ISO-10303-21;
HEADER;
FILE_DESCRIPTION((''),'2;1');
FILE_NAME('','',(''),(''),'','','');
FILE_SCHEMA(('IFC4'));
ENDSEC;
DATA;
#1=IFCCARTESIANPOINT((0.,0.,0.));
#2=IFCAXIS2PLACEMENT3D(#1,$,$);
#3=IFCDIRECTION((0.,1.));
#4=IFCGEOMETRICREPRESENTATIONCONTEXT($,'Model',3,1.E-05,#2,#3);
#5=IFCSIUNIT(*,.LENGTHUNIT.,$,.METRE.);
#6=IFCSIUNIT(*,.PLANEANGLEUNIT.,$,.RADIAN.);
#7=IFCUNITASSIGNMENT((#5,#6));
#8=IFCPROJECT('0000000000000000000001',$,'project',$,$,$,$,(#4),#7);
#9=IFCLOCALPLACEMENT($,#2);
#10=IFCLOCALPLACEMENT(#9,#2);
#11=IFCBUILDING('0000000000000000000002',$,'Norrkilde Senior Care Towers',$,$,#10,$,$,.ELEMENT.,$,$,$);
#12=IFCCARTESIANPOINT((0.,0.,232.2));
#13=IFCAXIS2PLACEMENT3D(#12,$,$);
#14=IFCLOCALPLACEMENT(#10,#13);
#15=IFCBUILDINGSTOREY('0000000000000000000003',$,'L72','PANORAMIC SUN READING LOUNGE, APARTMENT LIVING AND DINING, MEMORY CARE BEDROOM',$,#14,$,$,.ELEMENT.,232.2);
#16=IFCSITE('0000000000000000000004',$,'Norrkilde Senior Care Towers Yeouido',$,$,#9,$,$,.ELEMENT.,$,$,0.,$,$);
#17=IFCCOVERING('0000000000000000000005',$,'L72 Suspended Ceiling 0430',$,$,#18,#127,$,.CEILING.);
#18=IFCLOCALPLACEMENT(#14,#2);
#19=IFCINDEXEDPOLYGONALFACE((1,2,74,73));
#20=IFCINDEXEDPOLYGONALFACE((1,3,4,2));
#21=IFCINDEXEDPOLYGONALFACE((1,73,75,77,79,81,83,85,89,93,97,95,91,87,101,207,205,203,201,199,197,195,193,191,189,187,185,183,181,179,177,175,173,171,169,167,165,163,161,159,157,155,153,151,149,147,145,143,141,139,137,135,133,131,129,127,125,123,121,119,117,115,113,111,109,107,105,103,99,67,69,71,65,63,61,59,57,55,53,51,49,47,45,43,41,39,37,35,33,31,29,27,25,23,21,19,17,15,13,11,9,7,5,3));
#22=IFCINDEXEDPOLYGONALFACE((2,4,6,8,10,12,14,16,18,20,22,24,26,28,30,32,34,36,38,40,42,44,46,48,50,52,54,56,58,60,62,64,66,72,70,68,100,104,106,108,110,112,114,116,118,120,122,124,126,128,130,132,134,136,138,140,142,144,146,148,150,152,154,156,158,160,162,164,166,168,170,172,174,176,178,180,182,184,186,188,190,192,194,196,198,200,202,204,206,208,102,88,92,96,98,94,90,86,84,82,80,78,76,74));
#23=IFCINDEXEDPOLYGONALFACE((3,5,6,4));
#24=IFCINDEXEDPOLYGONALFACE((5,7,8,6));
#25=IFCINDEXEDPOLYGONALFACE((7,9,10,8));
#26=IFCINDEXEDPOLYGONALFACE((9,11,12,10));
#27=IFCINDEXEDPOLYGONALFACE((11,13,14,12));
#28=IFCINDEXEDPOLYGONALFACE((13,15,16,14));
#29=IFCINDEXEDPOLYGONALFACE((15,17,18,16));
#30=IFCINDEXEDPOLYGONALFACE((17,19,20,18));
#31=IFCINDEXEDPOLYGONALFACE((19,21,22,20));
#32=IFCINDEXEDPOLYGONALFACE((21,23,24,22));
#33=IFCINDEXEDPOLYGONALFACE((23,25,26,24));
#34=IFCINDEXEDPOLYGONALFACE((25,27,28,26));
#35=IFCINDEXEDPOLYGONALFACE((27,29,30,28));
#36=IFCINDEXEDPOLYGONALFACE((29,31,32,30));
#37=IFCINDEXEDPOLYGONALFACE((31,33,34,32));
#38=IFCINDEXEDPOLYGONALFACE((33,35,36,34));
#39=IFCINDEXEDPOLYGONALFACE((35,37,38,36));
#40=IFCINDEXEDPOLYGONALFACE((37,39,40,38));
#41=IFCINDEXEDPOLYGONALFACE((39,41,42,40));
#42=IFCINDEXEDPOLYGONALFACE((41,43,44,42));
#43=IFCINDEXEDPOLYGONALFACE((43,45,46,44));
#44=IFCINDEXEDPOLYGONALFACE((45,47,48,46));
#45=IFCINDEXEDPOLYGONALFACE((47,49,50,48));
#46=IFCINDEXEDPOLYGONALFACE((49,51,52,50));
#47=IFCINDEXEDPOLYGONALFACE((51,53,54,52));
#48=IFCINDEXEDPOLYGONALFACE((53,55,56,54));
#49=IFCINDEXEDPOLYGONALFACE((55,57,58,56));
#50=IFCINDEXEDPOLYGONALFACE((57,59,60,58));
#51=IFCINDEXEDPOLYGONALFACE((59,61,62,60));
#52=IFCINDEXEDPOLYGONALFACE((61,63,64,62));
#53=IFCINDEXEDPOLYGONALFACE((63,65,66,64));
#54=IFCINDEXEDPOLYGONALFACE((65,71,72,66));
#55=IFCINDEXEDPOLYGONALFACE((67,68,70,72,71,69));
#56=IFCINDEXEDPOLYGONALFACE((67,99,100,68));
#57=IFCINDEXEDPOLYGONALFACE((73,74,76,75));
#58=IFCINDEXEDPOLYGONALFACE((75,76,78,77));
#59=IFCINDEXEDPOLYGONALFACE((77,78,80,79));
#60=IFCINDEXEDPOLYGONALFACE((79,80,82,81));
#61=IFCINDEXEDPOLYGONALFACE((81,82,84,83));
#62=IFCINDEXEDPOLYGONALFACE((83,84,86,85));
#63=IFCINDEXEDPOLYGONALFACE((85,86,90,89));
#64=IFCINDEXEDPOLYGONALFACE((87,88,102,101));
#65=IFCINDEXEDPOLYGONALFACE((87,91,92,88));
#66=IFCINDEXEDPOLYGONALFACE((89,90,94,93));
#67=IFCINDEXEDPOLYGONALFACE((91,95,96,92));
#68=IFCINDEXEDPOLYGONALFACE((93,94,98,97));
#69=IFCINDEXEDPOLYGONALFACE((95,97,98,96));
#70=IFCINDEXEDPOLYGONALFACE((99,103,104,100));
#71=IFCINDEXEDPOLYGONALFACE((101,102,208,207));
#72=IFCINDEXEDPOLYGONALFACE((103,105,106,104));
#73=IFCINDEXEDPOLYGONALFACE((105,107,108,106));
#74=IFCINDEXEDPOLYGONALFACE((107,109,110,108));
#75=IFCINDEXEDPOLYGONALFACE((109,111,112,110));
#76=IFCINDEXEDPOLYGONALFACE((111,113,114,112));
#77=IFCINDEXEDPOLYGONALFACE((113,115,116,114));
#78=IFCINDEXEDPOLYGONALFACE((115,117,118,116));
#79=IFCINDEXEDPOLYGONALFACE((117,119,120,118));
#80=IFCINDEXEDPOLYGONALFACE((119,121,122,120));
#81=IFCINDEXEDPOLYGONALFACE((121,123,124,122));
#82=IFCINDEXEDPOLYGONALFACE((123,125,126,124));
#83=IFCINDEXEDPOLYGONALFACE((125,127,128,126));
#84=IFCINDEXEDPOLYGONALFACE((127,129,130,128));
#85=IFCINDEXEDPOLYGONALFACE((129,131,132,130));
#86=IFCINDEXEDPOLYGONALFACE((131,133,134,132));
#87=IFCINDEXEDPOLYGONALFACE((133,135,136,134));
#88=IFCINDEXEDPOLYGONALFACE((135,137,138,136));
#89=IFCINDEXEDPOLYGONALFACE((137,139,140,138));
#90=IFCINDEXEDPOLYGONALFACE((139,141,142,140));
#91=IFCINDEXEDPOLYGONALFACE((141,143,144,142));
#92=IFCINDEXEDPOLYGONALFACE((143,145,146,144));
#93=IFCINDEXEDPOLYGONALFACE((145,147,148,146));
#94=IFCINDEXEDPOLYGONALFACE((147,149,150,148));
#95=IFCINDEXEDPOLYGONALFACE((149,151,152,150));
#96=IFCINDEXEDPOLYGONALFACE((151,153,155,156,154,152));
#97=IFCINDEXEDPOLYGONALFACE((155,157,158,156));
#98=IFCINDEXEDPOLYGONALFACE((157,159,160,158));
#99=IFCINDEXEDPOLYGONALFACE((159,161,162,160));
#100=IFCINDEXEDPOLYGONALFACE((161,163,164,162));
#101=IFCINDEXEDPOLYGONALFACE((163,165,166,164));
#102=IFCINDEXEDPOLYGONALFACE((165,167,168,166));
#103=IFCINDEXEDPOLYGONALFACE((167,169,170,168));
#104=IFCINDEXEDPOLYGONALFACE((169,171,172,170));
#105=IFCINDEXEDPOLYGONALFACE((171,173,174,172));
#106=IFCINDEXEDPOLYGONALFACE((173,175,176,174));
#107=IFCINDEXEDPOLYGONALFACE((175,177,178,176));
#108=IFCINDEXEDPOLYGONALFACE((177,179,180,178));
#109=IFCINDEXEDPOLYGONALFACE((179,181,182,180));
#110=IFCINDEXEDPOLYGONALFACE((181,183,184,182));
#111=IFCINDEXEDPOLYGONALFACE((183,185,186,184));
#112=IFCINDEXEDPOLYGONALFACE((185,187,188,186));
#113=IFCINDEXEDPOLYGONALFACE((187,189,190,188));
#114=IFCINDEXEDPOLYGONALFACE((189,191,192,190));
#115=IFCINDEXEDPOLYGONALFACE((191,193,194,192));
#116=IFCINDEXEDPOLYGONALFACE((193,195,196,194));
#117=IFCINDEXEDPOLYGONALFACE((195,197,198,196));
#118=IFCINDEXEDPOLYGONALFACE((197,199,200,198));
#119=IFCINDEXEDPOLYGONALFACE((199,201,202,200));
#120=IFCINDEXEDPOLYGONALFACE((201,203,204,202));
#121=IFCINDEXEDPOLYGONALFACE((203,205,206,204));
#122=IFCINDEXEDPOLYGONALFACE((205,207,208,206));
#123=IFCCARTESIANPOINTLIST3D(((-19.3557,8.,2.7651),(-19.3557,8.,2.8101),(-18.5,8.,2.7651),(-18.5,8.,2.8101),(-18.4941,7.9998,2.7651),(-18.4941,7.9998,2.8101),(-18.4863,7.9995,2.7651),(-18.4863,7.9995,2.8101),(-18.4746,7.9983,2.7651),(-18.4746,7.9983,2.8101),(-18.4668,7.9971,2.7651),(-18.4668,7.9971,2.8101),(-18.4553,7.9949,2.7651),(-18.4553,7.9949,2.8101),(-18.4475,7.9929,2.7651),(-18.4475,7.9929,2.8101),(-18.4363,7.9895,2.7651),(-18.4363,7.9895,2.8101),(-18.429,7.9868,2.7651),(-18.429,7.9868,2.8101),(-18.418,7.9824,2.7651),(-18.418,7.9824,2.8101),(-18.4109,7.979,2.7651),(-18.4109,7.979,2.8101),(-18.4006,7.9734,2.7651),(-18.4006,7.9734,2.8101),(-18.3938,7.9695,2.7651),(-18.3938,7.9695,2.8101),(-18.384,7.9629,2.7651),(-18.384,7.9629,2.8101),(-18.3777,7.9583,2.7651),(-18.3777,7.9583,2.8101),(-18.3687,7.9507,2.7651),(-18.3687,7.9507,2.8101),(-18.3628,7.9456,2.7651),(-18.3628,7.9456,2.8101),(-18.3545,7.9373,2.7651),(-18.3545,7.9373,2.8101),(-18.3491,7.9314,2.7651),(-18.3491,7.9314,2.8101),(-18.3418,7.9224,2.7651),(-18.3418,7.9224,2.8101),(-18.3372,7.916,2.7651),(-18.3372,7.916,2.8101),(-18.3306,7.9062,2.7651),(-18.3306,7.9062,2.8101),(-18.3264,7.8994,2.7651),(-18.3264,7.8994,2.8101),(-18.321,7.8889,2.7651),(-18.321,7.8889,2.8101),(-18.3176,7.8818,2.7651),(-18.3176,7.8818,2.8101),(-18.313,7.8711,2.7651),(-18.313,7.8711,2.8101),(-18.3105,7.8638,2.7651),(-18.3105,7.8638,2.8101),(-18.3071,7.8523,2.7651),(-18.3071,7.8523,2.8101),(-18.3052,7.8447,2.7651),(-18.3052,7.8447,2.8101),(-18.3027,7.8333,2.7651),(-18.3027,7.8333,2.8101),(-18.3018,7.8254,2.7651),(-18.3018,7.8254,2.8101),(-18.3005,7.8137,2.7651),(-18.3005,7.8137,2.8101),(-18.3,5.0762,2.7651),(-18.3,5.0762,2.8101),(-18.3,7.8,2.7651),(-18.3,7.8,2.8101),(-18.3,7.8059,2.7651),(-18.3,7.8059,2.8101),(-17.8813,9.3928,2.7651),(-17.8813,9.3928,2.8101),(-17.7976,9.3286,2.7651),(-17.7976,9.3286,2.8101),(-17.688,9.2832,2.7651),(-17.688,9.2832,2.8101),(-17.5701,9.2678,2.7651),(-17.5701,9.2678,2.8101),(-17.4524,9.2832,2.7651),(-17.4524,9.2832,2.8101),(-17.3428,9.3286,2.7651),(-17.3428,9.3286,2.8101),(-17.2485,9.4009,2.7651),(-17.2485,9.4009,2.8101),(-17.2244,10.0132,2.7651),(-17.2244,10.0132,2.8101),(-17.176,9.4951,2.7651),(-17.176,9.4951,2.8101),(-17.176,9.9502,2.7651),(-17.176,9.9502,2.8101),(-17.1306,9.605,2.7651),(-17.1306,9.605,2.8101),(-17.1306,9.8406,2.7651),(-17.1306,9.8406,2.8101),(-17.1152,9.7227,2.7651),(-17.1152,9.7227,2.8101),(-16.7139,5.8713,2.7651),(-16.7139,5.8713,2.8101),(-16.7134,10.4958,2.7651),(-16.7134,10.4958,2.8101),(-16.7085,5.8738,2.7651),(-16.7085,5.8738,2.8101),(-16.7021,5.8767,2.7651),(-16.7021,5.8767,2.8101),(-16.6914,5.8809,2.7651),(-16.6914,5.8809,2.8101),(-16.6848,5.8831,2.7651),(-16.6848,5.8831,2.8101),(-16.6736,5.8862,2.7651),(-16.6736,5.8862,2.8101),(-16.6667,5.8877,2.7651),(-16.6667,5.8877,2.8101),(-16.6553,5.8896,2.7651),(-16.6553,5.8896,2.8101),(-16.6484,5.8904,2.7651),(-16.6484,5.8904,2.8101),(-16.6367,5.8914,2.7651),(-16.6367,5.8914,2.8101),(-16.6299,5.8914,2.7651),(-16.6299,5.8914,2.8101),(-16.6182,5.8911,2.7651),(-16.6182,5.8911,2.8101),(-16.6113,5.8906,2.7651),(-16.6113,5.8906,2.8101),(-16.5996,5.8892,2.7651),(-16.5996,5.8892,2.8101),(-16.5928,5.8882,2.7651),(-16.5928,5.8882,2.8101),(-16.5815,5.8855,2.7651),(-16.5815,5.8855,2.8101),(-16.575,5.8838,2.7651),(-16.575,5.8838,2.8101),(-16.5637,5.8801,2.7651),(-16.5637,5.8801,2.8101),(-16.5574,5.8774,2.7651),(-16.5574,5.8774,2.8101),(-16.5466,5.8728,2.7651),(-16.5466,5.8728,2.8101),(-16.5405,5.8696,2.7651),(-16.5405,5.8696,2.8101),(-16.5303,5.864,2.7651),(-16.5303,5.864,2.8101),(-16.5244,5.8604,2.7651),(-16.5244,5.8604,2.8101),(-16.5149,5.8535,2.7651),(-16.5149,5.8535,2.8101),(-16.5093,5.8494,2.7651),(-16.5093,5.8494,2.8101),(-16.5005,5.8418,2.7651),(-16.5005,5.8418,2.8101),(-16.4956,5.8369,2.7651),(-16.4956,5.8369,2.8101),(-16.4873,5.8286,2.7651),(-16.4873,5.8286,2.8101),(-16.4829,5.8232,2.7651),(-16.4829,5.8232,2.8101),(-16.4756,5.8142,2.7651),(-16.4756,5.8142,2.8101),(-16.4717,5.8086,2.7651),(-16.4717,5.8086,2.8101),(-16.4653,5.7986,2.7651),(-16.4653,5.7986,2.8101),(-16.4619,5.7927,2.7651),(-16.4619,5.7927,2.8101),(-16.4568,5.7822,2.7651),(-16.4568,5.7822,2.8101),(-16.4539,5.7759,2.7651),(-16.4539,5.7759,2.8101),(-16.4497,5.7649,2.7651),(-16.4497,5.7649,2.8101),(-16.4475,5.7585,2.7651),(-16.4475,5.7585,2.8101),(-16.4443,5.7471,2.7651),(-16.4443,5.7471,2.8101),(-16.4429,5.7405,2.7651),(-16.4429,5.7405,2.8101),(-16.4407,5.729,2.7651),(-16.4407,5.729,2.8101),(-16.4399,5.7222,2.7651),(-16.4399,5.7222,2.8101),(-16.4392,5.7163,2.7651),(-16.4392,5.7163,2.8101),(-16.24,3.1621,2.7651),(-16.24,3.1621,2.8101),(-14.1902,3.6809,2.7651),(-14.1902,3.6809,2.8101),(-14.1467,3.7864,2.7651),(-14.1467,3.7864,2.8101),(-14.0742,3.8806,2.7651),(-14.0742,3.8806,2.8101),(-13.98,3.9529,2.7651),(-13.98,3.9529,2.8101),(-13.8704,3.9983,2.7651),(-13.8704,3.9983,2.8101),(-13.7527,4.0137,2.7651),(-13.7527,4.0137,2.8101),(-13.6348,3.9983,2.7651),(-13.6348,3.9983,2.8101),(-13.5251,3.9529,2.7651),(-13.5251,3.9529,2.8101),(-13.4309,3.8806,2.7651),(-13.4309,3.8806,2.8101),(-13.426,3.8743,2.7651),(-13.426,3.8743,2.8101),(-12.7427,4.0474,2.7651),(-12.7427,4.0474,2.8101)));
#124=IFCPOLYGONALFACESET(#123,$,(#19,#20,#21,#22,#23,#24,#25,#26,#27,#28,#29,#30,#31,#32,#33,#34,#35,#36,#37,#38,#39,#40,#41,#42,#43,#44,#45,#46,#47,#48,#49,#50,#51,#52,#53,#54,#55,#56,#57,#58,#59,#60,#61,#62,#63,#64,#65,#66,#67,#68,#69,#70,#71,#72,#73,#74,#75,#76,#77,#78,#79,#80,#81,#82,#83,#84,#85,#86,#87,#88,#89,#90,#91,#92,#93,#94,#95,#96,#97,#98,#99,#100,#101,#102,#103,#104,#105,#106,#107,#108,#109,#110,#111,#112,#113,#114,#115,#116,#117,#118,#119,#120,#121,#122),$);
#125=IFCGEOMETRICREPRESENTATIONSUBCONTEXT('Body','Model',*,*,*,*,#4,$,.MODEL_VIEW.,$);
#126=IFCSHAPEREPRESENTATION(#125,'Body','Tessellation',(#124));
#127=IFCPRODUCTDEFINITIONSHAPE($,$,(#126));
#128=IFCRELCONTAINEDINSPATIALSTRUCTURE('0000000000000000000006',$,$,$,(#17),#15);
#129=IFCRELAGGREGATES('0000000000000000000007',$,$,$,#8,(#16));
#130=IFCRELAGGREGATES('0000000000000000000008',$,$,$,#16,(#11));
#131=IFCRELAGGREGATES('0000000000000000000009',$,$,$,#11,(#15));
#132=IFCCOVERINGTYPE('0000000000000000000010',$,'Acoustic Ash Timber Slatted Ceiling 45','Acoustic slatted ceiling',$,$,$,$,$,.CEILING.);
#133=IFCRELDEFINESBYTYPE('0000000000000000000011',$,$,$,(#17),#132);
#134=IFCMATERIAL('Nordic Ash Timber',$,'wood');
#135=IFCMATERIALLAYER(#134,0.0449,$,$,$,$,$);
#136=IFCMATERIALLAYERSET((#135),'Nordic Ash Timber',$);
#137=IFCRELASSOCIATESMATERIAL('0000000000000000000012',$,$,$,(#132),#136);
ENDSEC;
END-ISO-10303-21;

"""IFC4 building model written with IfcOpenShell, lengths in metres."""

from ifc_helpers import new_model, si_unit, direction, frame, origin, place, context, subcontext, project, spatial, polyline, outline, extrude, material, layer, layer_set, type_object, element, save


model = new_model("IFC4")

# Units and contexts
model_context = context("Model", 3, precision=1e-05, world=origin(), true_north=direction((0.0, 1.0)))
body_context = subcontext(model_context, "Body", "Model", "MODEL_VIEW")
ifc_project = project(units=[si_unit("LENGTHUNIT", "METRE"), si_unit("PLANEANGLEUNIT", "RADIAN")], contexts=[model_context])

# Site, building, storey
site_placement = place(None, origin())
site = spatial("IfcSite", under=ifc_project, at=site_placement, Name="Norrkilde Senior Care Towers Yeouido", CompositionType="ELEMENT", RefElevation=0.0)
building_placement = place(site_placement, origin())
building = spatial("IfcBuilding", under=site, at=building_placement, Name="Norrkilde Senior Care Towers", CompositionType="ELEMENT")
storey_placement = place(building_placement, frame((0.0, 0.0, 232.2)))
storey = spatial("IfcBuildingStorey", under=building, at=storey_placement, Name="L72", Description="PANORAMIC SUN READING LOUNGE, APARTMENT LIVING AND DINING, MEMORY CARE BEDROOM", CompositionType="ELEMENT", Elevation=232.2)

# Covering
ifc_material_1 = material(Name="Nordic Ash Timber", Category="wood")
ifc_layer_1 = layer(ifc_material_1, 0.0449)
ifc_layer_set_1 = layer_set([ifc_layer_1], Name="Nordic Ash Timber")
covering_type_1 = type_object("IfcCoveringType", Name="Acoustic Ash Timber Slatted Ceiling 45", Description="Acoustic slatted ceiling", PredefinedType="CEILING", material=ifc_layer_set_1)
covering_1_placement = place(storey_placement, frame((0.0, 0.0, 2.7651)))
element("IfcCovering", 1, at=covering_1_placement, inside=storey, type_object=covering_type_1, Name="L72 Suspended Ceiling 0430", PredefinedType="CEILING", context=body_context, shape_type="SweptSolid", body=[
    extrude(outline(polyline([(-16.4443, 5.7471), (-16.4475, 5.7585), (-16.4497, 5.7649), (-16.4539, 5.7759), (-16.4568, 5.7822), (-16.4619, 5.7927), (-16.4653, 5.7986), (-16.4717, 5.8086), (-16.4756, 5.8142), (-16.4829, 5.8232), (-16.4873, 5.8286), (-16.4956, 5.8369), (-16.5005, 5.8418), (-16.5093, 5.8494), (-16.5149, 5.8535), (-16.5244, 5.8604), (-16.5303, 5.864), (-16.5405, 5.8696), (-16.5466, 5.8728), (-16.5574, 5.8774), (-16.5637, 5.8801), (-16.575, 5.8838), (-16.5815, 5.8855), (-16.5928, 5.8882), (-16.5996, 5.8892), (-16.6113, 5.8906), (-16.6182, 5.8911), (-16.6299, 5.8914), (-16.6367, 5.8914), (-16.6484, 5.8904), (-16.6553, 5.8896), (-16.6667, 5.8877), (-16.6736, 5.8862), (-16.6848, 5.8831), (-16.6914, 5.8809), (-16.7021, 5.8767), (-16.7085, 5.8738), (-16.7139, 5.8713), (-18.3, 5.0762), (-18.3, 7.8), (-18.3, 7.8059), (-18.3005, 7.8137), (-18.3018, 7.8254), (-18.3027, 7.8333), (-18.3052, 7.8447), (-18.3071, 7.8523), (-18.3105, 7.8638), (-18.313, 7.8711), (-18.3176, 7.8818), (-18.321, 7.8889), (-18.3264, 7.8994), (-18.3306, 7.9062), (-18.3372, 7.916), (-18.3418, 7.9224), (-18.3491, 7.9314), (-18.3545, 7.9373), (-18.3628, 7.9456), (-18.3687, 7.9507), (-18.3777, 7.9583), (-18.384, 7.9629), (-18.3938, 7.9695), (-18.4006, 7.9734), (-18.4109, 7.979), (-18.418, 7.9824), (-18.429, 7.9868), (-18.4363, 7.9895), (-18.4475, 7.9929), (-18.4553, 7.9949), (-18.4668, 7.9971), (-18.4746, 7.9983), (-18.4863, 7.9995), (-18.4941, 7.9998), (-18.5, 8.0), (-19.3557, 8.0), (-17.8813, 9.3928), (-17.7976, 9.3286), (-17.688, 9.2832), (-17.5701, 9.2678), (-17.4524, 9.2832), (-17.3428, 9.3286), (-17.2485, 9.4009), (-17.176, 9.4951), (-17.1306, 9.605), (-17.1152, 9.7227), (-17.1306, 9.8406), (-17.176, 9.9502), (-17.2244, 10.0132), (-16.7134, 10.4958), (-12.7427, 4.0474), (-13.426, 3.8743), (-13.4309, 3.8806), (-13.5251, 3.9529), (-13.6348, 3.9983), (-13.7527, 4.0137), (-13.8704, 3.9983), (-13.98, 3.9529), (-14.0742, 3.8806), (-14.1467, 3.7864), (-14.1902, 3.6809), (-16.24, 3.1621), (-16.4392, 5.7163), (-16.4399, 5.7222), (-16.4407, 5.729), (-16.4429, 5.7405), (-16.4443, 5.7471)])), origin(), (0.0, 0.0, 1.0), 0.0449),
])

save(model, "model.ifc")
